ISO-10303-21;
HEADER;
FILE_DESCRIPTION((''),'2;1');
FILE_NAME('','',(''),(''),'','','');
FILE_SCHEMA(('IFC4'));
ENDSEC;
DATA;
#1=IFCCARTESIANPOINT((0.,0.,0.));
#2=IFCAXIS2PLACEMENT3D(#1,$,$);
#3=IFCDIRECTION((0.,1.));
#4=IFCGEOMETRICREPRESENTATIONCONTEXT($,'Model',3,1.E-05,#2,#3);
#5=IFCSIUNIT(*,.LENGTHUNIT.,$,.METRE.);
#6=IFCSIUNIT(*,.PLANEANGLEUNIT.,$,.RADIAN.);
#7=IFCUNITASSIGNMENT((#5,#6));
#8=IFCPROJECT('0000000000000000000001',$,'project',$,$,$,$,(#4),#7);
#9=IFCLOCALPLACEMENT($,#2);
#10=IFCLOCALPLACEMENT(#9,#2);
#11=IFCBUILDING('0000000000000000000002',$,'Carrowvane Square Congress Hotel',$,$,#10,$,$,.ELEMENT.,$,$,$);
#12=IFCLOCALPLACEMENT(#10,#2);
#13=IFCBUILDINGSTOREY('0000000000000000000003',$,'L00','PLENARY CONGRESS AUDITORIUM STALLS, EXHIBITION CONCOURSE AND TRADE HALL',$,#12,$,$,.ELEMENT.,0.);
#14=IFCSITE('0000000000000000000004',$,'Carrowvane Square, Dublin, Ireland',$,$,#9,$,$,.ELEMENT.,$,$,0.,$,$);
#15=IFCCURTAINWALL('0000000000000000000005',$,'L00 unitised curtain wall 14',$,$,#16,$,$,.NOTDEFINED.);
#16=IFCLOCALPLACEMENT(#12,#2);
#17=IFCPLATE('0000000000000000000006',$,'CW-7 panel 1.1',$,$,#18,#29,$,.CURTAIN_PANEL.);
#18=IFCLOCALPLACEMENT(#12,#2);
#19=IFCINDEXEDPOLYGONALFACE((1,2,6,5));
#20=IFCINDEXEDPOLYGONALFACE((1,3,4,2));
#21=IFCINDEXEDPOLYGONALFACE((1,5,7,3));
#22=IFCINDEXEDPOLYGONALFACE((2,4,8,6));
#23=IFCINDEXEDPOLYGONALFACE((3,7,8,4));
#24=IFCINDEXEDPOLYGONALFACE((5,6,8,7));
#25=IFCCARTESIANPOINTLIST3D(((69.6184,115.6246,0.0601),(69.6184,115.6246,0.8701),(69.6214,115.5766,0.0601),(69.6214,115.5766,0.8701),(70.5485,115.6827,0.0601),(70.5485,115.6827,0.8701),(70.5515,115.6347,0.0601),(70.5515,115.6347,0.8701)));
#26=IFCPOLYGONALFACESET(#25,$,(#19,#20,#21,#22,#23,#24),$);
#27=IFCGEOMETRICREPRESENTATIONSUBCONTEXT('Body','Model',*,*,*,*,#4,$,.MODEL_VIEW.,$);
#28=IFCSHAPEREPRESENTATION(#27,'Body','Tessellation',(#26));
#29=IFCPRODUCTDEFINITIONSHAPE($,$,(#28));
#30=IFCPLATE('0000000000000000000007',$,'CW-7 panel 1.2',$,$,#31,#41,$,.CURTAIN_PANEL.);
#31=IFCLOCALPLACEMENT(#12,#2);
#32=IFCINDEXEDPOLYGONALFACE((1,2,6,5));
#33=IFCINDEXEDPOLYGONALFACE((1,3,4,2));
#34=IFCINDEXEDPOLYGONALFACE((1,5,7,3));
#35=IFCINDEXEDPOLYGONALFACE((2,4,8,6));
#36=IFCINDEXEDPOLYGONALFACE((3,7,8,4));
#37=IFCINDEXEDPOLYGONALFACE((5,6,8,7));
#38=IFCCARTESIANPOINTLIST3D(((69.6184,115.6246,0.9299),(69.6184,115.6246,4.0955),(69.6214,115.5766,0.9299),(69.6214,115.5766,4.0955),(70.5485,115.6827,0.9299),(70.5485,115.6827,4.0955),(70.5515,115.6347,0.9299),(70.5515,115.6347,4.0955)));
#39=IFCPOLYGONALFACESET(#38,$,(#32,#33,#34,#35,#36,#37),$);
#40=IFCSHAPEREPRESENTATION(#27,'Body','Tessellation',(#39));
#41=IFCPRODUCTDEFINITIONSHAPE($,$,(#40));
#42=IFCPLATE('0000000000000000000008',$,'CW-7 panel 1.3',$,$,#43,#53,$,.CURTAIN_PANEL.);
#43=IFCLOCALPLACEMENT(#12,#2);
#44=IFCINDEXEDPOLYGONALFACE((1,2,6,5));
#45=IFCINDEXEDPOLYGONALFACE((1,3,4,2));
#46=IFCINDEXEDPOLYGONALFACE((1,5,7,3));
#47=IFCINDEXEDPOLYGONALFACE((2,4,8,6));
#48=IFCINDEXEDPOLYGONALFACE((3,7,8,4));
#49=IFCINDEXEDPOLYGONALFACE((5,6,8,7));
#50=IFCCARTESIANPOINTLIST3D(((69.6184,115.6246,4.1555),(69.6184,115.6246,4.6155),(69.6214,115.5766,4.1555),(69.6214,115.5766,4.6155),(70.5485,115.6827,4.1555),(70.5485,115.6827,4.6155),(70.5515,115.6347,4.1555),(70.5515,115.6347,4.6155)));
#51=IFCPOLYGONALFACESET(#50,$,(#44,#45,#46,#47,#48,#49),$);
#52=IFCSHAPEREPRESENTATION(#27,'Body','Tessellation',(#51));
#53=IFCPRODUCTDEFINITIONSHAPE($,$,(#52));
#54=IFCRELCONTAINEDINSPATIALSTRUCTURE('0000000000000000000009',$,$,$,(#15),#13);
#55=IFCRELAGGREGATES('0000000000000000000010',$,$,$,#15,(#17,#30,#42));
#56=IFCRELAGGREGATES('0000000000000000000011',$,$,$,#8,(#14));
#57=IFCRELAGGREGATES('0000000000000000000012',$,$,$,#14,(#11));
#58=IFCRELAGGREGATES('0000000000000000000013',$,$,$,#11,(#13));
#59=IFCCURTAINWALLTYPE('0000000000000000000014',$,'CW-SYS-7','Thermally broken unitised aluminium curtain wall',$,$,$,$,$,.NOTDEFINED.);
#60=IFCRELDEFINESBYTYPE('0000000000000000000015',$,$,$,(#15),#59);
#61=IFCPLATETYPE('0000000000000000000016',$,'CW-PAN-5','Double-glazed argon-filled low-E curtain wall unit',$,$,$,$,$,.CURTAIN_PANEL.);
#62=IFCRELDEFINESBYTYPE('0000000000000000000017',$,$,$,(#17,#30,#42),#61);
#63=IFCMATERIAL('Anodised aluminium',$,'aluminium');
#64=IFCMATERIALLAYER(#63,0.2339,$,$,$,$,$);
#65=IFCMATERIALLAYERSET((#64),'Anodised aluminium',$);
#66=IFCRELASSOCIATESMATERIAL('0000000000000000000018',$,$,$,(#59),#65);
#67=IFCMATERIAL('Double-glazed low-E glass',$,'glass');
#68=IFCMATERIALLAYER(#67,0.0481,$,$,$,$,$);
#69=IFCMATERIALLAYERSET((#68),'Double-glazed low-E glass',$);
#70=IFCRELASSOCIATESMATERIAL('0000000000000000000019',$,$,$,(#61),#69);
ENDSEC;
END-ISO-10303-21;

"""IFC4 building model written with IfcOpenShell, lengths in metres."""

from ifc_helpers import new_model, si_unit, direction, frame, origin, origin_2d, place, context, subcontext, project, spatial, rectangle, extrude, material, layer, layer_set, type_object, element, aggregate, save


model = new_model("IFC4")

# Units and contexts
model_context = context("Model", 3, precision=1e-05, world=origin(), true_north=direction((0.0, 1.0)))
body_context = subcontext(model_context, "Body", "Model", "MODEL_VIEW")
ifc_project = project(units=[si_unit("LENGTHUNIT", "METRE"), si_unit("PLANEANGLEUNIT", "RADIAN")], contexts=[model_context])

# Site, building, storey
site_placement = place(None, origin())
site = spatial("IfcSite", under=ifc_project, at=site_placement, Name="Carrowvane Square, Dublin, Ireland", CompositionType="ELEMENT", RefElevation=0.0)
building_placement = place(site_placement, origin())
building = spatial("IfcBuilding", under=site, at=building_placement, Name="Carrowvane Square Congress Hotel", CompositionType="ELEMENT")
storey_placement = place(building_placement, origin())
storey = spatial("IfcBuildingStorey", under=building, at=storey_placement, Name="L00", Description="PLENARY CONGRESS AUDITORIUM STALLS, EXHIBITION CONCOURSE AND TRADE HALL", CompositionType="ELEMENT", Elevation=0.0)

# Curtain wall
ifc_material_1 = material(Name="Anodised aluminium", Category="aluminium")
ifc_layer_1 = layer(ifc_material_1, 0.2339)
ifc_layer_set_1 = layer_set([ifc_layer_1], Name="Anodised aluminium")
curtain_wall_type_1 = type_object("IfcCurtainWallType", Name="CW-SYS-7", Description="Thermally broken unitised aluminium curtain wall", PredefinedType="NOTDEFINED", material=ifc_layer_set_1)
curtain_wall_1_placement = place(storey_placement, origin())
curtain_wall_1 = element("IfcCurtainWall", 1, at=curtain_wall_1_placement, inside=storey, type_object=curtain_wall_type_1, Name="L00 unitised curtain wall 14", PredefinedType="NOTDEFINED")

# Plates
ifc_material_2 = material(Name="Double-glazed low-E glass", Category="glass")
ifc_layer_2 = layer(ifc_material_2, 0.0481)
ifc_layer_set_2 = layer_set([ifc_layer_2], Name="Double-glazed low-E glass")
plate_type_1 = type_object("IfcPlateType", Name="CW-PAN-5", Description="Double-glazed argon-filled low-E curtain wall unit", PredefinedType="CURTAIN_PANEL", material=ifc_layer_set_2)
plate_1_placement = place(storey_placement, frame((70.085, 115.6296, 0.0601), z_axis=(0.0, 0.0, 1.0), x_axis=(0.998051, 0.062397, 0.0)))
plate_1 = element("IfcPlate", 2, at=plate_1_placement, type_object=plate_type_1, Name="CW-7 panel 1.1", PredefinedType="CURTAIN_PANEL", context=body_context, shape_type="SweptSolid", body=[
    extrude(rectangle(XDim=0.9319, YDim=0.0481, at=origin_2d()), origin(), (0.0, 0.0, 1.0), 0.8101),
])
plate_2_placement = place(storey_placement, frame((70.085, 115.6296, 0.9299), z_axis=(0.0, 0.0, 1.0), x_axis=(0.998051, 0.062397, 0.0)))
plate_2 = element("IfcPlate", 3, at=plate_2_placement, type_object=plate_type_1, Name="CW-7 panel 1.2", PredefinedType="CURTAIN_PANEL", context=body_context, shape_type="SweptSolid", body=[
    extrude(rectangle(XDim=0.9319, YDim=0.0481, at=origin_2d()), origin(), (0.0, 0.0, 1.0), 3.1655),
])
plate_3_placement = place(storey_placement, frame((70.085, 115.6296, 4.1555), z_axis=(0.0, 0.0, 1.0), x_axis=(0.998051, 0.062397, 0.0)))
plate_3 = element("IfcPlate", 4, at=plate_3_placement, type_object=plate_type_1, Name="CW-7 panel 1.3", PredefinedType="CURTAIN_PANEL", context=body_context, shape_type="SweptSolid", body=[
    extrude(rectangle(XDim=0.9319, YDim=0.0481, at=origin_2d()), origin(), (0.0, 0.0, 1.0), 0.46),
])
aggregate(curtain_wall_1, [plate_1, plate_2, plate_3])

save(model, "model.ifc")
